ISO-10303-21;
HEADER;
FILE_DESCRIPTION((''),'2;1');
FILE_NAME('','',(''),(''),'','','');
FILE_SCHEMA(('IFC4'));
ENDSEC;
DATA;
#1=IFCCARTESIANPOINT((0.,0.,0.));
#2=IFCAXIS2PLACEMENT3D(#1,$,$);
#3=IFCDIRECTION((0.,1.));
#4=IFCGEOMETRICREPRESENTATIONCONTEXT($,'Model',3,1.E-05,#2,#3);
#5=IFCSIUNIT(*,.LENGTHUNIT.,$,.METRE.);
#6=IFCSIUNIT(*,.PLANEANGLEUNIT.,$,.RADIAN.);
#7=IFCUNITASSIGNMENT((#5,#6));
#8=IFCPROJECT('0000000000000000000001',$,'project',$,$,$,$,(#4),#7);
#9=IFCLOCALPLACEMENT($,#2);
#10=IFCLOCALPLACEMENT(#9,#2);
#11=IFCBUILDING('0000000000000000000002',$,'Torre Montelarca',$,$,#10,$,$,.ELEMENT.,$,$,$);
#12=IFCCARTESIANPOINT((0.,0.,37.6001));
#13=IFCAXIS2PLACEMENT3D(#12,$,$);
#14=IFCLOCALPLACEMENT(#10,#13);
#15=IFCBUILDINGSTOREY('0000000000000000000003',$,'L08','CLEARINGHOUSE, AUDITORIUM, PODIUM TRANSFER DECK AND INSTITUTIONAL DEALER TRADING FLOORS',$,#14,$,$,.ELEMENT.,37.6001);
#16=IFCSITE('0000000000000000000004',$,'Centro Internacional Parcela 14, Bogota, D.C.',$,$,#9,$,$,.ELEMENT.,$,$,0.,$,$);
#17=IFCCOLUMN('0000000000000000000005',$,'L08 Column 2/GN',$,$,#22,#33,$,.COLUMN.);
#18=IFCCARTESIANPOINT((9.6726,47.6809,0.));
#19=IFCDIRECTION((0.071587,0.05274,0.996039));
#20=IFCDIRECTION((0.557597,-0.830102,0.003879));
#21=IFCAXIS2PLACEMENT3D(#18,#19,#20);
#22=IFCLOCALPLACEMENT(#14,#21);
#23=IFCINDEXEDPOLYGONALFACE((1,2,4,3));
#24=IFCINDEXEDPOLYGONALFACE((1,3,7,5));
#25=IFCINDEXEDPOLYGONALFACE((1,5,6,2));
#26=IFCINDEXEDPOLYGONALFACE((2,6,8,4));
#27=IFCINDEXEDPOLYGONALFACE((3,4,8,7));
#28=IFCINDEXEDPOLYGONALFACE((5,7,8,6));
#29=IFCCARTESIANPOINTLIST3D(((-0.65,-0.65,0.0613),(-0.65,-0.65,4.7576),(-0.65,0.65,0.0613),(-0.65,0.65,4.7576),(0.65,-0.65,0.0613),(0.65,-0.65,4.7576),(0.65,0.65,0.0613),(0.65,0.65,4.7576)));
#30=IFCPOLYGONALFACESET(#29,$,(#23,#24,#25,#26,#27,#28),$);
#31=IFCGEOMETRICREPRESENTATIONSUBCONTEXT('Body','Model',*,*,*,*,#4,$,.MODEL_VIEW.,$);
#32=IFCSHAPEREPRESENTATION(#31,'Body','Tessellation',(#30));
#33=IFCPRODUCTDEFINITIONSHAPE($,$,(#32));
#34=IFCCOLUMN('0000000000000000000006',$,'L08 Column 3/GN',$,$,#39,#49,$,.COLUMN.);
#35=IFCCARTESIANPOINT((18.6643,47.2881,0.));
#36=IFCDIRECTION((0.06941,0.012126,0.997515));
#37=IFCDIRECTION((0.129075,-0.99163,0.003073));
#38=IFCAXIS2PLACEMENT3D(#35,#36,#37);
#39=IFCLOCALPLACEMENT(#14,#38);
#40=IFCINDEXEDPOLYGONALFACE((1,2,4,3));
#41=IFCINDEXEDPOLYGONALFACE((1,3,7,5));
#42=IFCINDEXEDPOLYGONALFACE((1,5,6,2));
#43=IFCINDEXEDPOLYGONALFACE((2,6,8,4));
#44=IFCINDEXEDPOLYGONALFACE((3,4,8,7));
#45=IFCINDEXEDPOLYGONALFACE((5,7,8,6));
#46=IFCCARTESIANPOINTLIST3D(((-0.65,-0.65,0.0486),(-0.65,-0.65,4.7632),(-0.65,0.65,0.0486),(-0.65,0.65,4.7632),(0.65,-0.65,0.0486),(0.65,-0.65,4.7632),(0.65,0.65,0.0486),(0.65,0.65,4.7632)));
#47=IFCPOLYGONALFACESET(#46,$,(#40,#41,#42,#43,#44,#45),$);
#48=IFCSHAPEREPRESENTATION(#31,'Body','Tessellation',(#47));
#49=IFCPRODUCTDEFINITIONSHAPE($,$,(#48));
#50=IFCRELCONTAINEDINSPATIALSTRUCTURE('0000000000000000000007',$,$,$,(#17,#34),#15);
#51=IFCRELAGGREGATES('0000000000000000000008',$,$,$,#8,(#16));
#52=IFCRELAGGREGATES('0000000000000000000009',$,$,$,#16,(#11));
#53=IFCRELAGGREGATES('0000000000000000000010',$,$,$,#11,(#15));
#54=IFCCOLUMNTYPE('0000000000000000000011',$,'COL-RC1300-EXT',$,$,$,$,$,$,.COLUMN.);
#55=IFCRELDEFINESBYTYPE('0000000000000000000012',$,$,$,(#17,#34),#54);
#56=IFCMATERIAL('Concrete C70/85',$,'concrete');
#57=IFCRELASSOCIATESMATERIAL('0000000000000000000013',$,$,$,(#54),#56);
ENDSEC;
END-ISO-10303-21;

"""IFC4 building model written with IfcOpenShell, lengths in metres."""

from ifc_helpers import new_model, si_unit, direction, frame, origin, origin_2d, place, context, subcontext, project, spatial, rectangle, extrude, clip, halfspace, material, material_profile, profile_set, type_object, element, save


model = new_model("IFC4")

# Units and contexts
model_context = context("Model", 3, precision=1e-05, world=origin(), true_north=direction((0.0, 1.0)))
body_context = subcontext(model_context, "Body", "Model", "MODEL_VIEW")
ifc_project = project(units=[si_unit("LENGTHUNIT", "METRE"), si_unit("PLANEANGLEUNIT", "RADIAN")], contexts=[model_context])

# Site, building, storey
site_placement = place(None, origin())
site = spatial("IfcSite", under=ifc_project, at=site_placement, Name="Centro Internacional Parcela 14, Bogota, D.C.", CompositionType="ELEMENT", RefElevation=0.0)
building_placement = place(site_placement, origin())
building = spatial("IfcBuilding", under=site, at=building_placement, Name="Torre Montelarca", CompositionType="ELEMENT")
storey_placement = place(building_placement, frame((0.0, 0.0, 37.6001)))
storey = spatial("IfcBuildingStorey", under=building, at=storey_placement, Name="L08", Description="CLEARINGHOUSE, AUDITORIUM, PODIUM TRANSFER DECK AND INSTITUTIONAL DEALER TRADING FLOORS", CompositionType="ELEMENT", Elevation=37.6001)

# Columns
ifc_material_1 = material(Name="Concrete C70/85", Category="concrete")
ifc_material_profile_1 = material_profile(ifc_material_1, rectangle(XDim=1.3, YDim=1.3, at=origin_2d()), Name="RC1300X1300", Category="concrete")
ifc_profile_set_1 = profile_set([ifc_material_profile_1], Name="Concrete C70/85")
column_type_1 = type_object("IfcColumnType", Name="COL-RC1300-EXT", PredefinedType="COLUMN", material=ifc_profile_set_1)
column_1_placement = place(storey_placement, frame((9.6726, 47.6809, 0.0), z_axis=(0.071587, 0.05274, 0.996039), x_axis=(0.557597, -0.830102, 0.003879)))
element("IfcColumn", 1, at=column_1_placement, inside=storey, type_object=column_type_1, Name="L08 Column 2/GN", PredefinedType="COLUMN", context=body_context, shape_type="Clipping", body=[
    clip(clip(extrude(rectangle(XDim=1.3, YDim=1.3, at=origin_2d()), origin(), (0.0, 0.0, 1.0), 4.8188), halfspace(frame((0.0, 0.0, 0.0613), z_axis=(0.0, 0.0, -1.0), x_axis=(1.0, 0.0, 0.0)), False)), halfspace(frame((0.0, 0.0, 4.7576), z_axis=(0.0, 0.0, 1.0), x_axis=(1.0, 0.0, 0.0)), False)),
])
column_2_placement = place(storey_placement, frame((18.6643, 47.2881, 0.0), z_axis=(0.06941, 0.012126, 0.997515), x_axis=(0.129075, -0.99163, 0.003073)))
element("IfcColumn", 2, at=column_2_placement, inside=storey, type_object=column_type_1, Name="L08 Column 3/GN", PredefinedType="COLUMN", context=body_context, shape_type="Clipping", body=[
    clip(clip(extrude(rectangle(XDim=1.3, YDim=1.3, at=origin_2d()), origin(), (0.0, 0.0, 1.0), 4.8118), halfspace(frame((0.0, 0.0, 0.0486), z_axis=(0.0, 0.0, -1.0), x_axis=(1.0, 0.0, 0.0)), False)), halfspace(frame((0.0, 0.0, 4.7632), z_axis=(0.0, 0.0, 1.0), x_axis=(1.0, 0.0, 0.0)), False)),
])

save(model, "model.ifc")
